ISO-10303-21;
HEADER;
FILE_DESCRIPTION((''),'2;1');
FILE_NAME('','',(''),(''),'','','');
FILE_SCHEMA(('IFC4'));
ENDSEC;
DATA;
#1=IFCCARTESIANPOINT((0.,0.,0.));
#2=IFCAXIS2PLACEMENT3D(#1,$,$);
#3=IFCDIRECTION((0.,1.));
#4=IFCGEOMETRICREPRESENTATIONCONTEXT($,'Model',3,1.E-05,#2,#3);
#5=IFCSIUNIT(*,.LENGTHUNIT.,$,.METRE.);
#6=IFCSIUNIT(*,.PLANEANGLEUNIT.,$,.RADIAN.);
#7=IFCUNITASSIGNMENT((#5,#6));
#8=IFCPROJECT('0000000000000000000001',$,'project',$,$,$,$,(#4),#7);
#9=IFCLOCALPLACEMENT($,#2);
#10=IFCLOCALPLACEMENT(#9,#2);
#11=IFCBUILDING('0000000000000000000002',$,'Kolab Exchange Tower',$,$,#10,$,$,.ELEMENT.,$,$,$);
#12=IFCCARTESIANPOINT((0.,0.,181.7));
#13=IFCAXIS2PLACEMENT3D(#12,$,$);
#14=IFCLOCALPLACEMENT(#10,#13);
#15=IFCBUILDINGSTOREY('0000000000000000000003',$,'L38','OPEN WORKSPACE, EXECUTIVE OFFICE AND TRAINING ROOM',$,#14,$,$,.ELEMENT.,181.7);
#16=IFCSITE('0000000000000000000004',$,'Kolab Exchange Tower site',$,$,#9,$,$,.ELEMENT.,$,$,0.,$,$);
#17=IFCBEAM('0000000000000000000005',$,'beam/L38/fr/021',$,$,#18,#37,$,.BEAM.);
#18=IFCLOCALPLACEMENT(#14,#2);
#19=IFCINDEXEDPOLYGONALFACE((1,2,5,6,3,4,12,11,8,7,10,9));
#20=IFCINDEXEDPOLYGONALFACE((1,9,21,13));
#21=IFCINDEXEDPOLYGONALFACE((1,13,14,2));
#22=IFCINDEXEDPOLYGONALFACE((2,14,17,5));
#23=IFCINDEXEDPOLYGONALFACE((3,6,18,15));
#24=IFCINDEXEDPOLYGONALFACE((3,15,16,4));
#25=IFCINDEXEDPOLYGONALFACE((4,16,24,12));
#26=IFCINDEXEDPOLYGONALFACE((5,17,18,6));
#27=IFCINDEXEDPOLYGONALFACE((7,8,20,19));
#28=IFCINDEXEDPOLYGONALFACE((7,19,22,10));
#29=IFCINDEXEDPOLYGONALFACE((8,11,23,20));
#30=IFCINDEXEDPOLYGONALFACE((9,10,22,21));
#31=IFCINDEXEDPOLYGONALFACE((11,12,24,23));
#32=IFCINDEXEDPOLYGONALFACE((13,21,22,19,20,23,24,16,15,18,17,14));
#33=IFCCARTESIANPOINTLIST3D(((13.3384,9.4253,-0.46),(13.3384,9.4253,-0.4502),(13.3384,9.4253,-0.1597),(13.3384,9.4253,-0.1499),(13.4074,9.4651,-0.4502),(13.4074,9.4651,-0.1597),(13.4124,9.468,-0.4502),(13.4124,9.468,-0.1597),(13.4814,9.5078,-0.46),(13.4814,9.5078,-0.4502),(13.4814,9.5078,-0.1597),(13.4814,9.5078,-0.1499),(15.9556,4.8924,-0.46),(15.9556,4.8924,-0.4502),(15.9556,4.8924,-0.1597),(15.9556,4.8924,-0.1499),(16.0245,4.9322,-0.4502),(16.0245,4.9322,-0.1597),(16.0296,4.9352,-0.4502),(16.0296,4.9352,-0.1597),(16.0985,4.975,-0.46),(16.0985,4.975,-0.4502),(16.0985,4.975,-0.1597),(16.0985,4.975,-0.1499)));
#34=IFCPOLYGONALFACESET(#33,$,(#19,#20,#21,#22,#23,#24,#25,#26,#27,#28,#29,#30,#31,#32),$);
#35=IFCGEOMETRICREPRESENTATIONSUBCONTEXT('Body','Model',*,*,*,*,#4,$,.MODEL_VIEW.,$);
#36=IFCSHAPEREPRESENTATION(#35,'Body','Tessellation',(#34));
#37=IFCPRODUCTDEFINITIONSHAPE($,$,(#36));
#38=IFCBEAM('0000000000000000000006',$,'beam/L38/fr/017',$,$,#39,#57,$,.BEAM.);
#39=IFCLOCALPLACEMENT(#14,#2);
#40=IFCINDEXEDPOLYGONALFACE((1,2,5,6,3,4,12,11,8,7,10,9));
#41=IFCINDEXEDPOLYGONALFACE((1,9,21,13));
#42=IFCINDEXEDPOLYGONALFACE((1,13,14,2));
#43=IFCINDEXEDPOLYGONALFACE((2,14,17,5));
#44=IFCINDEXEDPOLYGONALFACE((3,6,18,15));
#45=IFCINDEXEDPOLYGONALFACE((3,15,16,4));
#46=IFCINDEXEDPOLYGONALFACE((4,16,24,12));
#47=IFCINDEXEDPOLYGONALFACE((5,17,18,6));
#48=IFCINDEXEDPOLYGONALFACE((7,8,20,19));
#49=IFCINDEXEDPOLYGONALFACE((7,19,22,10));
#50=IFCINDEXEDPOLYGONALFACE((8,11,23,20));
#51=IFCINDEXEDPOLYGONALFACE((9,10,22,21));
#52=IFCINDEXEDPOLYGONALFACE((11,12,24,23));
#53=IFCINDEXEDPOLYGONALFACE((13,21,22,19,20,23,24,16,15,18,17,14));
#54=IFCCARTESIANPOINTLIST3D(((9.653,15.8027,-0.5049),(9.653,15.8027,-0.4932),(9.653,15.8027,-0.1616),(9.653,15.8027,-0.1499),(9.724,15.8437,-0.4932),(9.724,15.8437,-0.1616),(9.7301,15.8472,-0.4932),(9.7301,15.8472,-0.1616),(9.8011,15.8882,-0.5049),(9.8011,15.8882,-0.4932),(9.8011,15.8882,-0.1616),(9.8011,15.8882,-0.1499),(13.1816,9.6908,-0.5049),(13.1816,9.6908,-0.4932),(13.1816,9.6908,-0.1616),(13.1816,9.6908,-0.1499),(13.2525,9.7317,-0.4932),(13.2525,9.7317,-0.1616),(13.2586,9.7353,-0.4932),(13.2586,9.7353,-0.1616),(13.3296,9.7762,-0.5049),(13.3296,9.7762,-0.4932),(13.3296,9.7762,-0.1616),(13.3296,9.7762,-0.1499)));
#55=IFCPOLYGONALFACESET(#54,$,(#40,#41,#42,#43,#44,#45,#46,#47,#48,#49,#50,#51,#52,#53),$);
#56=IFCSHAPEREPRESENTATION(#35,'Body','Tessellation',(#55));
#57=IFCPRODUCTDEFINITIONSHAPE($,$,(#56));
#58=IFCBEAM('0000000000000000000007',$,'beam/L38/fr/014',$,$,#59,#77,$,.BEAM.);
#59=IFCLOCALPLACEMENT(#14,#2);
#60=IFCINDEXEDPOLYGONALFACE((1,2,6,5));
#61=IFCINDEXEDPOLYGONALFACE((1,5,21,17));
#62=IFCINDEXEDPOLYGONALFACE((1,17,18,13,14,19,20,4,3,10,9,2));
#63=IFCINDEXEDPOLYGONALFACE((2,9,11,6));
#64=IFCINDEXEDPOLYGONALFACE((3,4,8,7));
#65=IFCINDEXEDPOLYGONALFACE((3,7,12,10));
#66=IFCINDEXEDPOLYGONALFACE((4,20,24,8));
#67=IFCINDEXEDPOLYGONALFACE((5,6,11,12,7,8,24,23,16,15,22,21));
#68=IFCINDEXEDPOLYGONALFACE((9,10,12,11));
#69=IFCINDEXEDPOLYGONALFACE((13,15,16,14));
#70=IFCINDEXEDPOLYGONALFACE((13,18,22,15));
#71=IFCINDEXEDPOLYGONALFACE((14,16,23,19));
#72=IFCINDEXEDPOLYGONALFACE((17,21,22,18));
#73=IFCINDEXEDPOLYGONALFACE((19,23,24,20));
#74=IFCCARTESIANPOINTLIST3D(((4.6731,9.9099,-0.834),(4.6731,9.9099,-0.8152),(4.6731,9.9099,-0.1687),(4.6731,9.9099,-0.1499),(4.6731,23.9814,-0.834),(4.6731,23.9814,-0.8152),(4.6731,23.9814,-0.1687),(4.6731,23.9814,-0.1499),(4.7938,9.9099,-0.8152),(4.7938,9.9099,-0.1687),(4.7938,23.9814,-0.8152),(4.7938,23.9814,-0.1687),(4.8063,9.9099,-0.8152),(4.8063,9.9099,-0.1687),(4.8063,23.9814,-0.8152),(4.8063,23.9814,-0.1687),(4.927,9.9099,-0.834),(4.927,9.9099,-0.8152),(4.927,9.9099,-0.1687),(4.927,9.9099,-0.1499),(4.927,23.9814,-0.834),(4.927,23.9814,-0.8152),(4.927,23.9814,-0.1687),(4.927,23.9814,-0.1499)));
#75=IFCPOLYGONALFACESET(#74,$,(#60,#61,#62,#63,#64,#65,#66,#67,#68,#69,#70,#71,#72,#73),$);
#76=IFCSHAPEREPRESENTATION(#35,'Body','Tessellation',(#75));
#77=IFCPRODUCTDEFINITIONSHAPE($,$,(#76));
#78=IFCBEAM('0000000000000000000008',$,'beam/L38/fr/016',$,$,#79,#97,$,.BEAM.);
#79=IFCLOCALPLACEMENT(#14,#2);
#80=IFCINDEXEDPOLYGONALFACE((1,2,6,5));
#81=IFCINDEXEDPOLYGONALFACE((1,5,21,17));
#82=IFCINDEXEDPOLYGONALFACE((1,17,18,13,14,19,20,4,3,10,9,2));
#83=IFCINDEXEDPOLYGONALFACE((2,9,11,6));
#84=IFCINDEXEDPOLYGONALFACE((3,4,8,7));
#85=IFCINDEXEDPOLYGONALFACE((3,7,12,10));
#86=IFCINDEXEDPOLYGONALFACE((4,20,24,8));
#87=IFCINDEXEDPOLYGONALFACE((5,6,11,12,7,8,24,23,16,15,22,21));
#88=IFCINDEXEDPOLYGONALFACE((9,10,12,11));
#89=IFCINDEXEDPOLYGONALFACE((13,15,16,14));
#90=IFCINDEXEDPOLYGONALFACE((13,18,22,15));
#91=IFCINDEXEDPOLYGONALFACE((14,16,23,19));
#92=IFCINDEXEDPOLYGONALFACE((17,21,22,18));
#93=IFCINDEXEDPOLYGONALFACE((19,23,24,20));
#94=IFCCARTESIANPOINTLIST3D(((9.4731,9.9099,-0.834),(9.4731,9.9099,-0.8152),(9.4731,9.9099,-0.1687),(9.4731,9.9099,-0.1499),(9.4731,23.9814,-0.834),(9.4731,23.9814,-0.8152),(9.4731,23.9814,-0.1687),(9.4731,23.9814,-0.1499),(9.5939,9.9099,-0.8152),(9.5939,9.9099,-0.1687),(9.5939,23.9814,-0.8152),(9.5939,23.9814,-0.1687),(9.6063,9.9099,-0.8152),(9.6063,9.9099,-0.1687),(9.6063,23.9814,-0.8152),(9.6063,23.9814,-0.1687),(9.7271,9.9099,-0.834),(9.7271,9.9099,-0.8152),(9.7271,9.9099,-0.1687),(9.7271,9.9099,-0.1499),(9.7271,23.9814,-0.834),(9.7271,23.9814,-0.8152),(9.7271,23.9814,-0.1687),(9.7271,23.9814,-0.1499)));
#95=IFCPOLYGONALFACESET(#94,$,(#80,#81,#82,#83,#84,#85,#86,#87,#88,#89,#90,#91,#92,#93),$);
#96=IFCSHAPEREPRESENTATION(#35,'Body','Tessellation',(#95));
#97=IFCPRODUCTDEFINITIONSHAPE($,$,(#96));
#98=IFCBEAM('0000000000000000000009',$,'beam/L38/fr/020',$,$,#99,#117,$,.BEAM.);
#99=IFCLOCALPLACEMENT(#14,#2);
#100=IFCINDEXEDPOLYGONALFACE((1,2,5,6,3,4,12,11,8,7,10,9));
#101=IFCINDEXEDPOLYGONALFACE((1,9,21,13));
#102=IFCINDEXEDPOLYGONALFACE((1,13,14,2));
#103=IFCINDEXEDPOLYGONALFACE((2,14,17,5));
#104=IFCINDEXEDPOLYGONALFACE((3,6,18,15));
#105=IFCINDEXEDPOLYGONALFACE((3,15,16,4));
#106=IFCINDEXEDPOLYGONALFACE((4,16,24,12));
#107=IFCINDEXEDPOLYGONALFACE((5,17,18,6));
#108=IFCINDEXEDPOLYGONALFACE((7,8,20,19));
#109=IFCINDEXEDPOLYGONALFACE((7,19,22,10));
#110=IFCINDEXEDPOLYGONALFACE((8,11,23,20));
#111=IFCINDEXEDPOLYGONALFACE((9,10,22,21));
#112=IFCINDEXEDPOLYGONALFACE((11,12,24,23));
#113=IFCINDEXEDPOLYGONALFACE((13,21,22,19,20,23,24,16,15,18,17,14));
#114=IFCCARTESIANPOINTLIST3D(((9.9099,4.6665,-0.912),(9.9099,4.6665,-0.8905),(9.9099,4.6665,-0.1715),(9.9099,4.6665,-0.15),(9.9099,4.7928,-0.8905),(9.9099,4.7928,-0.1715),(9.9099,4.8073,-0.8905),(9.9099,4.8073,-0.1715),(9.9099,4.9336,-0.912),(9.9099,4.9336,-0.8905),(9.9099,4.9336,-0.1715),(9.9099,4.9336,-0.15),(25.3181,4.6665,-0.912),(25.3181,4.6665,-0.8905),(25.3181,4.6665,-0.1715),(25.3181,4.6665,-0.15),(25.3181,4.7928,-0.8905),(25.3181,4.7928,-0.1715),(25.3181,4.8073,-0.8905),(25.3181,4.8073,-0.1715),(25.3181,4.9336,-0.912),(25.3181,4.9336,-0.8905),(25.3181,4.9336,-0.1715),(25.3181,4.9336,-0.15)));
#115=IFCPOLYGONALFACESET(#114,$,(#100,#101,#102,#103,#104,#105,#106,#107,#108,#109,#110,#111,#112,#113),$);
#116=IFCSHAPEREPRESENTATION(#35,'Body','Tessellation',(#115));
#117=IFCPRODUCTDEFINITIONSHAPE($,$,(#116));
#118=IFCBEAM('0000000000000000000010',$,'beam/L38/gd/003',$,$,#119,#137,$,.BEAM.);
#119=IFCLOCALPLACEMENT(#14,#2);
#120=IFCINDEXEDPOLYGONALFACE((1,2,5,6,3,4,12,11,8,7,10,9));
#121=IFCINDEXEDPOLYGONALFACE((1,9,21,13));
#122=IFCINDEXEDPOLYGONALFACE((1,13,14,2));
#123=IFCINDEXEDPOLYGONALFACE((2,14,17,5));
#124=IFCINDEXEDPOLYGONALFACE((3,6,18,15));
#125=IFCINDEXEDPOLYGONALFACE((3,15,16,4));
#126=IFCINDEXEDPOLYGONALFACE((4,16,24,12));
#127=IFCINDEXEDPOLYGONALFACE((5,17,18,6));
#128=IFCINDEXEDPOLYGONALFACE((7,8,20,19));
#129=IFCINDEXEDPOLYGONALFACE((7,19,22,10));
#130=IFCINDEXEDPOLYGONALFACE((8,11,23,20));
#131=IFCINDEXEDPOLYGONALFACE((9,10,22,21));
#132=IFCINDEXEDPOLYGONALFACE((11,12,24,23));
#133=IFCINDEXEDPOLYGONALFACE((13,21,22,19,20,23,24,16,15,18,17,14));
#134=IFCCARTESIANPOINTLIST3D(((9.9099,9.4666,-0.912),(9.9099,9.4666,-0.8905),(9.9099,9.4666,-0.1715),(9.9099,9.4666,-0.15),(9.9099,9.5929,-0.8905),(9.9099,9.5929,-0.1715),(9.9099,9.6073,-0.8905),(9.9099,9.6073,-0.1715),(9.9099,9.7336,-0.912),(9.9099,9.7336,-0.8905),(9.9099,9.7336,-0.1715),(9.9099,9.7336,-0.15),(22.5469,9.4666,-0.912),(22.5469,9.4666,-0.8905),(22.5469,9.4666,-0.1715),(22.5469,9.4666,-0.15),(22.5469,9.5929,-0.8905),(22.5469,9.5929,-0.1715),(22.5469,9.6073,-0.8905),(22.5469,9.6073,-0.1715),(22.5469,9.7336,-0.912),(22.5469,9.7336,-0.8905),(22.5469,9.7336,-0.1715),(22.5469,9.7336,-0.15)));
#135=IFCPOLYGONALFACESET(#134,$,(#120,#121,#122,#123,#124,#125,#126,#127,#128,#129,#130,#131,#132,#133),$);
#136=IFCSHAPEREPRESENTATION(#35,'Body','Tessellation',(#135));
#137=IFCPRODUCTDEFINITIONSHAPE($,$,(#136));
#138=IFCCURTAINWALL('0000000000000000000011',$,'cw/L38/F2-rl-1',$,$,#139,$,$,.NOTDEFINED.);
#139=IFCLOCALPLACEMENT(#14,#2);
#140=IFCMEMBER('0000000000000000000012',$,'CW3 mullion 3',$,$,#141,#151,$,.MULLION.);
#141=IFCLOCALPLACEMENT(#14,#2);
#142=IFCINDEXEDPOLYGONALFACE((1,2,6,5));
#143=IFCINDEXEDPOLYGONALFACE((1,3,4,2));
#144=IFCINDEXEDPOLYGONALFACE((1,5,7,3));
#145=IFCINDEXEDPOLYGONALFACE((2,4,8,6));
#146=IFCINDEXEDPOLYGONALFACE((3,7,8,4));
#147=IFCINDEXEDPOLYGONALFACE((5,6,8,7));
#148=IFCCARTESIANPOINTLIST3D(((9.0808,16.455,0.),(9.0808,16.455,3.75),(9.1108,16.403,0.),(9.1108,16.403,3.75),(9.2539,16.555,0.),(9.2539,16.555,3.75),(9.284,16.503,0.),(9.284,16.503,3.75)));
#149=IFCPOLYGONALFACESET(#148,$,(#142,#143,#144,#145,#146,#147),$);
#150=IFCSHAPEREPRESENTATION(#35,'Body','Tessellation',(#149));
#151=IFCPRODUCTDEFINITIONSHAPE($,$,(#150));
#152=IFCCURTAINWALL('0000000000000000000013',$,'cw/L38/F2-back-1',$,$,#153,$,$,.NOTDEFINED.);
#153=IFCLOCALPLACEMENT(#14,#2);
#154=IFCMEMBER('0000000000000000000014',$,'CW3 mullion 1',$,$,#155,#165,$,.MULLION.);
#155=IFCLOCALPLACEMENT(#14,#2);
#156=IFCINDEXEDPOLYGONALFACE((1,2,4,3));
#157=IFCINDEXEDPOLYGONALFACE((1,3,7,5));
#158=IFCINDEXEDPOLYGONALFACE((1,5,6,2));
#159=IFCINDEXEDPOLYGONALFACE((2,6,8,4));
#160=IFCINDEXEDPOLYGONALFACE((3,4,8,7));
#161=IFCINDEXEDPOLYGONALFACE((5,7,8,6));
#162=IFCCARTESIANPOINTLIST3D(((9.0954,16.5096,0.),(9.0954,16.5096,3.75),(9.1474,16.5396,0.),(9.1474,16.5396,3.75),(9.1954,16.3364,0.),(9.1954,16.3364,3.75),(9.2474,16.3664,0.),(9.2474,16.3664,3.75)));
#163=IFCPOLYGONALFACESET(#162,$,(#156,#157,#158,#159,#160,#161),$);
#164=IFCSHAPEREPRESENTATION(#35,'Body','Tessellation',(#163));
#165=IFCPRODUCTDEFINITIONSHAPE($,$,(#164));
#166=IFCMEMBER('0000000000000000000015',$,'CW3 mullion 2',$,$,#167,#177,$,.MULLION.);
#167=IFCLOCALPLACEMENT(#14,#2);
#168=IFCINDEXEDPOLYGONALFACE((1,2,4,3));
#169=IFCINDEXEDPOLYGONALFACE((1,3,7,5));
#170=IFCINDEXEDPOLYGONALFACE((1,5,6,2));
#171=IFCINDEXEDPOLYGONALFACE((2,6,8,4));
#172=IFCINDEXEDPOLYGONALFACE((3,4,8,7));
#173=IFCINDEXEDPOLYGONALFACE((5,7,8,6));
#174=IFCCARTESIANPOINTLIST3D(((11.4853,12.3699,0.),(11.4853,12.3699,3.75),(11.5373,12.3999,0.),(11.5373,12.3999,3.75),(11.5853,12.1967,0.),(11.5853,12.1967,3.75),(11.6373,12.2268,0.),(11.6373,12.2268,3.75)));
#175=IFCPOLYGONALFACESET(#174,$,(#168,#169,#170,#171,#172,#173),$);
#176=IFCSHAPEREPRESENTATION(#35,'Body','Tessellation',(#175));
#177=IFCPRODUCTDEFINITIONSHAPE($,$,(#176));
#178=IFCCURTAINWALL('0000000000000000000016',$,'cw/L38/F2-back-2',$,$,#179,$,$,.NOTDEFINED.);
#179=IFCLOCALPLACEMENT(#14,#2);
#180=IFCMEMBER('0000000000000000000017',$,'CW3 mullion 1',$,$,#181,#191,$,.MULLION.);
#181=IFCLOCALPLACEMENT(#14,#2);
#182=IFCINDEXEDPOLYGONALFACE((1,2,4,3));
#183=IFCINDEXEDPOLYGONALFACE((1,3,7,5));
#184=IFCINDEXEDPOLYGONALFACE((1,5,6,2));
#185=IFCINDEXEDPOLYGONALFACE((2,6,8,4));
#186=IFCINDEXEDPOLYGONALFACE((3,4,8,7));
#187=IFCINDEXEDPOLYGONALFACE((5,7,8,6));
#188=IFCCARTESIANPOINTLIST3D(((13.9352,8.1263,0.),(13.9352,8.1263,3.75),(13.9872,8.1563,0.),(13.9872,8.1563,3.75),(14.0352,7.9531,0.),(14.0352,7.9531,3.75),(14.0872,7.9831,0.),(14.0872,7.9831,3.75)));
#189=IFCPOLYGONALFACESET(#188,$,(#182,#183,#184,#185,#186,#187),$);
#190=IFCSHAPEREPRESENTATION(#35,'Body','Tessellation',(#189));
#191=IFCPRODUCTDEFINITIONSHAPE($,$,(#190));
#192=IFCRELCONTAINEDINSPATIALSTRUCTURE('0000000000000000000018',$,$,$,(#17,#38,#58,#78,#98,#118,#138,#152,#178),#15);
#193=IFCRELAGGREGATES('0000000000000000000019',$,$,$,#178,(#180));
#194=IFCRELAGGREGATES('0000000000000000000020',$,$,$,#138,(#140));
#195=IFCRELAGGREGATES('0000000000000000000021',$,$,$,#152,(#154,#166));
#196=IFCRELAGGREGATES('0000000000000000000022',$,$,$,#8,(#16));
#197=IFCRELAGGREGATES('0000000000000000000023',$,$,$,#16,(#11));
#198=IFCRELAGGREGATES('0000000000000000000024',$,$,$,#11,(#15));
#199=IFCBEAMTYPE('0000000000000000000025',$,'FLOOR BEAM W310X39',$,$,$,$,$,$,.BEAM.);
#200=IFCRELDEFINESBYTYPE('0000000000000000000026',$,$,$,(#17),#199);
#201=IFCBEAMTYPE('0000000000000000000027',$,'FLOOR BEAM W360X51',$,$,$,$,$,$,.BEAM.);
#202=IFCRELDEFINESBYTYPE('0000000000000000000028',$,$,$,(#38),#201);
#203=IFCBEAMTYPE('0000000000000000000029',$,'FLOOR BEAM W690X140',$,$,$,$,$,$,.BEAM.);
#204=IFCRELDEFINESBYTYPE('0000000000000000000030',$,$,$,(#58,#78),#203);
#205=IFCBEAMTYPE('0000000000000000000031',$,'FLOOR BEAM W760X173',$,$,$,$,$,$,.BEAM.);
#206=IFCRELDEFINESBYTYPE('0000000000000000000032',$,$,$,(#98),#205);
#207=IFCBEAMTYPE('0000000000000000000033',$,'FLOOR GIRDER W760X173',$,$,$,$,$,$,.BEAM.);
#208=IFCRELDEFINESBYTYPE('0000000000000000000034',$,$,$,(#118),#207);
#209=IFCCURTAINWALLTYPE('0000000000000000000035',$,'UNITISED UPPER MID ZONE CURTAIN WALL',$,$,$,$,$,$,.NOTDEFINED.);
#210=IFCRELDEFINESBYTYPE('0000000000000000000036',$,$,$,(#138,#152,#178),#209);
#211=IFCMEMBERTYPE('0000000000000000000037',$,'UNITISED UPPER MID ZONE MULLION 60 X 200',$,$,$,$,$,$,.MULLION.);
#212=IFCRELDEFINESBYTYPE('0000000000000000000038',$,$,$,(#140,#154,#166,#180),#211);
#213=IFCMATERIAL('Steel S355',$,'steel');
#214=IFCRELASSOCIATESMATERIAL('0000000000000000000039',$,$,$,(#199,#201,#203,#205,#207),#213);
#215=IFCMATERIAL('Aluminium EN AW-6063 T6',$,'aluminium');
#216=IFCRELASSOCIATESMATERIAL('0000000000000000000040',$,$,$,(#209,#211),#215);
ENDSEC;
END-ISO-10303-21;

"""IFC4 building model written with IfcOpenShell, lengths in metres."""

from ifc_helpers import new_model, si_unit, direction, frame, origin, origin_2d, place, context, subcontext, project, spatial, rectangle, i_section, extrude, material, material_profile, profile_set, type_object, element, aggregate, save


model = new_model("IFC4")

# Units and contexts
model_context = context("Model", 3, precision=1e-05, world=origin(), true_north=direction((0.0, 1.0)))
body_context = subcontext(model_context, "Body", "Model", "MODEL_VIEW")
ifc_project = project(units=[si_unit("LENGTHUNIT", "METRE"), si_unit("PLANEANGLEUNIT", "RADIAN")], contexts=[model_context])

# Site, building, storey
site_placement = place(None, origin())
site = spatial("IfcSite", under=ifc_project, at=site_placement, Name="Kolab Exchange Tower site", CompositionType="ELEMENT", RefElevation=0.0)
building_placement = place(site_placement, origin())
building = spatial("IfcBuilding", under=site, at=building_placement, Name="Kolab Exchange Tower", CompositionType="ELEMENT")
storey_placement = place(building_placement, frame((0.0, 0.0, 181.7)))
storey = spatial("IfcBuildingStorey", under=building, at=storey_placement, Name="L38", Description="OPEN WORKSPACE, EXECUTIVE OFFICE AND TRAINING ROOM", CompositionType="ELEMENT", Elevation=181.7)

# Beams
ifc_material_1 = material(Name="Steel S355", Category="steel")
ifc_material_profile_1 = material_profile(ifc_material_1, i_section(OverallWidth=0.165, OverallDepth=0.3101, WebThickness=0.0059, FlangeThickness=0.0098, at=origin_2d()), Name="W310X39")
ifc_profile_set_1 = profile_set([ifc_material_profile_1], Name="Steel S355")
beam_type_1 = type_object("IfcBeamType", Name="FLOOR BEAM W310X39", PredefinedType="BEAM", material=ifc_profile_set_1)
beam_1_placement = place(storey_placement, frame((13.4099, 9.4666, -0.3049), z_axis=(0.500012, -0.866019, 0.0), x_axis=(0.866019, 0.500012, 0.0)))
element("IfcBeam", 1, at=beam_1_placement, inside=storey, type_object=beam_type_1, Name="beam/L38/fr/021", PredefinedType="BEAM", context=body_context, shape_type="SweptSolid", body=[
    extrude(i_section(OverallWidth=0.165, OverallDepth=0.3101, WebThickness=0.0059, FlangeThickness=0.0098, at=origin_2d()), origin(), (0.0, 0.0, 1.0), 5.2341),
])
ifc_material_profile_2 = material_profile(ifc_material_1, i_section(OverallWidth=0.1709, OverallDepth=0.355, WebThickness=0.0071, FlangeThickness=0.0117, at=origin_2d()), Name="W360X51")
ifc_profile_set_2 = profile_set([ifc_material_profile_2], Name="Steel S355")
beam_type_2 = type_object("IfcBeamType", Name="FLOOR BEAM W360X51", PredefinedType="BEAM", material=ifc_profile_set_2)
beam_2_placement = place(storey_placement, frame((9.7271, 15.8455, -0.3274), z_axis=(0.499975, -0.86604, 0.0), x_axis=(0.86604, 0.499975, 0.0)))
element("IfcBeam", 2, at=beam_2_placement, inside=storey, type_object=beam_type_2, Name="beam/L38/fr/017", PredefinedType="BEAM", context=body_context, shape_type="SweptSolid", body=[
    extrude(i_section(OverallWidth=0.1709, OverallDepth=0.355, WebThickness=0.0071, FlangeThickness=0.0117, at=origin_2d()), origin(), (0.0, 0.0, 1.0), 7.0574),
])
ifc_material_profile_3 = material_profile(ifc_material_1, i_section(OverallWidth=0.2539, OverallDepth=0.6841, WebThickness=0.0125, FlangeThickness=0.0188, at=origin_2d()), Name="W690X140")
ifc_profile_set_3 = profile_set([ifc_material_profile_3], Name="Steel S355")
beam_type_3 = type_object("IfcBeamType", Name="FLOOR BEAM W690X140", PredefinedType="BEAM", material=ifc_profile_set_3)
for number, where, z_axis, x_axis, name in (
    (3, (4.8, 9.9099, -0.4919), (0.0, 1.0, 0.0), (-1.0, 0.0, 0.0), "beam/L38/fr/014"),
    (4, (9.6001, 9.9099, -0.4919), (0.0, 1.0, 0.0), (-1.0, 0.0, 0.0), "beam/L38/fr/016"),
):
    element("IfcBeam", number, at=place(storey_placement, frame(where, z_axis=z_axis, x_axis=x_axis)), inside=storey, type_object=beam_type_3, Name=name, PredefinedType="BEAM", context=body_context, shape_type="SweptSolid", body=[
        extrude(i_section(OverallWidth=0.2539, OverallDepth=0.6841, WebThickness=0.0125, FlangeThickness=0.0188, at=origin_2d()), origin(), (0.0, 0.0, 1.0), 14.0715),
    ])
ifc_material_profile_4 = material_profile(ifc_material_1, i_section(OverallWidth=0.2671, OverallDepth=0.762, WebThickness=0.0144, FlangeThickness=0.0215, at=origin_2d()), Name="W760X173")
ifc_profile_set_4 = profile_set([ifc_material_profile_4], Name="Steel S355")
beam_type_4 = type_object("IfcBeamType", Name="FLOOR BEAM W760X173", PredefinedType="BEAM", material=ifc_profile_set_4)
beam_3_placement = place(storey_placement, frame((9.9099, 4.8, -0.531), z_axis=(1.0, 0.0, 0.0), x_axis=(0.0, 1.0, 0.0)))
element("IfcBeam", 5, at=beam_3_placement, inside=storey, type_object=beam_type_4, Name="beam/L38/fr/020", PredefinedType="BEAM", context=body_context, shape_type="SweptSolid", body=[
    extrude(i_section(OverallWidth=0.2671, OverallDepth=0.762, WebThickness=0.0144, FlangeThickness=0.0215, at=origin_2d()), origin(), (0.0, 0.0, 1.0), 15.4082),
])
ifc_material_profile_5 = material_profile(ifc_material_1, i_section(OverallWidth=0.2671, OverallDepth=0.762, WebThickness=0.0144, FlangeThickness=0.0215, at=origin_2d()), Name="W760X173")
ifc_profile_set_5 = profile_set([ifc_material_profile_5], Name="Steel S355")
beam_type_5 = type_object("IfcBeamType", Name="FLOOR GIRDER W760X173", PredefinedType="BEAM", material=ifc_profile_set_5)
beam_4_placement = place(storey_placement, frame((9.9099, 9.6001, -0.531), z_axis=(1.0, 0.0, 0.0), x_axis=(0.0, 1.0, 0.0)))
element("IfcBeam", 6, at=beam_4_placement, inside=storey, type_object=beam_type_5, Name="beam/L38/gd/003", PredefinedType="BEAM", context=body_context, shape_type="SweptSolid", body=[
    extrude(i_section(OverallWidth=0.2671, OverallDepth=0.762, WebThickness=0.0144, FlangeThickness=0.0215, at=origin_2d()), origin(), (0.0, 0.0, 1.0), 12.637),
])

# Curtain wall, member
ifc_material_2 = material(Name="Aluminium EN AW-6063 T6", Category="aluminium")
curtain_wall_type = type_object("IfcCurtainWallType", Name="UNITISED UPPER MID ZONE CURTAIN WALL", PredefinedType="NOTDEFINED", material=ifc_material_2)
curtain_wall_1_placement = place(storey_placement, origin())
curtain_wall_1 = element("IfcCurtainWall", 7, at=curtain_wall_1_placement, inside=storey, type_object=curtain_wall_type, Name="cw/L38/F2-rl-1", PredefinedType="NOTDEFINED")
ifc_material_profile_6 = material_profile(ifc_material_2, rectangle(XDim=0.0601, YDim=0.2, at=origin_2d()), Name="RECT 60X200")
ifc_profile_set_6 = profile_set([ifc_material_profile_6], Name="Aluminium EN AW-6063 T6")
member_type_1 = type_object("IfcMemberType", Name="UNITISED UPPER MID ZONE MULLION 60 X 200", PredefinedType="MULLION", material=ifc_profile_set_6)
member_1_placement = place(storey_placement, frame((9.1824, 16.479, 0.0), z_axis=(0.0, 0.0, 1.0), x_axis=(0.5, -0.866025, 0.0)))
member_1 = element("IfcMember", 8, at=member_1_placement, type_object=member_type_1, Name="CW3 mullion 3", PredefinedType="MULLION", context=body_context, shape_type="SweptSolid", body=[
    extrude(rectangle(XDim=0.0601, YDim=0.2, at=origin_2d()), origin(), (0.0, 0.0, 1.0), 3.75),
])

# Curtain wall, members
curtain_wall_2_placement = place(storey_placement, origin())
curtain_wall_2 = element("IfcCurtainWall", 9, at=curtain_wall_2_placement, inside=storey, type_object=curtain_wall_type, Name="cw/L38/F2-back-1", PredefinedType="NOTDEFINED")
member_2_placement = place(storey_placement, frame((9.1714, 16.438, 0.0), z_axis=(0.0, 0.0, 1.0), x_axis=(0.866025, 0.5, 0.0)))
member_2 = element("IfcMember", 10, at=member_2_placement, type_object=member_type_1, Name="CW3 mullion 1", PredefinedType="MULLION", context=body_context, shape_type="SweptSolid", body=[
    extrude(rectangle(XDim=0.0601, YDim=0.2, at=origin_2d()), origin(), (0.0, 0.0, 1.0), 3.75),
])
member_3_placement = place(storey_placement, frame((11.5613, 12.2983, 0.0), z_axis=(0.0, 0.0, 1.0), x_axis=(0.866025, 0.5, 0.0)))
member_3 = element("IfcMember", 11, at=member_3_placement, type_object=member_type_1, Name="CW3 mullion 2", PredefinedType="MULLION", context=body_context, shape_type="SweptSolid", body=[
    extrude(rectangle(XDim=0.0601, YDim=0.2, at=origin_2d()), origin(), (0.0, 0.0, 1.0), 3.75),
])

# Curtain wall, member
curtain_wall_3_placement = place(storey_placement, origin())
curtain_wall_3 = element("IfcCurtainWall", 12, at=curtain_wall_3_placement, inside=storey, type_object=curtain_wall_type, Name="cw/L38/F2-back-2", PredefinedType="NOTDEFINED")
member_4_placement = place(storey_placement, frame((14.0112, 8.0547, 0.0), z_axis=(0.0, 0.0, 1.0), x_axis=(0.866025, 0.5, 0.0)))
member_4 = element("IfcMember", 13, at=member_4_placement, type_object=member_type_1, Name="CW3 mullion 1", PredefinedType="MULLION", context=body_context, shape_type="SweptSolid", body=[
    extrude(rectangle(XDim=0.0601, YDim=0.2, at=origin_2d()), origin(), (0.0, 0.0, 1.0), 3.75),
])

aggregate(curtain_wall_3, [member_4])

aggregate(curtain_wall_1, [member_1])
aggregate(curtain_wall_2, [member_2, member_3])

save(model, "model.ifc")
